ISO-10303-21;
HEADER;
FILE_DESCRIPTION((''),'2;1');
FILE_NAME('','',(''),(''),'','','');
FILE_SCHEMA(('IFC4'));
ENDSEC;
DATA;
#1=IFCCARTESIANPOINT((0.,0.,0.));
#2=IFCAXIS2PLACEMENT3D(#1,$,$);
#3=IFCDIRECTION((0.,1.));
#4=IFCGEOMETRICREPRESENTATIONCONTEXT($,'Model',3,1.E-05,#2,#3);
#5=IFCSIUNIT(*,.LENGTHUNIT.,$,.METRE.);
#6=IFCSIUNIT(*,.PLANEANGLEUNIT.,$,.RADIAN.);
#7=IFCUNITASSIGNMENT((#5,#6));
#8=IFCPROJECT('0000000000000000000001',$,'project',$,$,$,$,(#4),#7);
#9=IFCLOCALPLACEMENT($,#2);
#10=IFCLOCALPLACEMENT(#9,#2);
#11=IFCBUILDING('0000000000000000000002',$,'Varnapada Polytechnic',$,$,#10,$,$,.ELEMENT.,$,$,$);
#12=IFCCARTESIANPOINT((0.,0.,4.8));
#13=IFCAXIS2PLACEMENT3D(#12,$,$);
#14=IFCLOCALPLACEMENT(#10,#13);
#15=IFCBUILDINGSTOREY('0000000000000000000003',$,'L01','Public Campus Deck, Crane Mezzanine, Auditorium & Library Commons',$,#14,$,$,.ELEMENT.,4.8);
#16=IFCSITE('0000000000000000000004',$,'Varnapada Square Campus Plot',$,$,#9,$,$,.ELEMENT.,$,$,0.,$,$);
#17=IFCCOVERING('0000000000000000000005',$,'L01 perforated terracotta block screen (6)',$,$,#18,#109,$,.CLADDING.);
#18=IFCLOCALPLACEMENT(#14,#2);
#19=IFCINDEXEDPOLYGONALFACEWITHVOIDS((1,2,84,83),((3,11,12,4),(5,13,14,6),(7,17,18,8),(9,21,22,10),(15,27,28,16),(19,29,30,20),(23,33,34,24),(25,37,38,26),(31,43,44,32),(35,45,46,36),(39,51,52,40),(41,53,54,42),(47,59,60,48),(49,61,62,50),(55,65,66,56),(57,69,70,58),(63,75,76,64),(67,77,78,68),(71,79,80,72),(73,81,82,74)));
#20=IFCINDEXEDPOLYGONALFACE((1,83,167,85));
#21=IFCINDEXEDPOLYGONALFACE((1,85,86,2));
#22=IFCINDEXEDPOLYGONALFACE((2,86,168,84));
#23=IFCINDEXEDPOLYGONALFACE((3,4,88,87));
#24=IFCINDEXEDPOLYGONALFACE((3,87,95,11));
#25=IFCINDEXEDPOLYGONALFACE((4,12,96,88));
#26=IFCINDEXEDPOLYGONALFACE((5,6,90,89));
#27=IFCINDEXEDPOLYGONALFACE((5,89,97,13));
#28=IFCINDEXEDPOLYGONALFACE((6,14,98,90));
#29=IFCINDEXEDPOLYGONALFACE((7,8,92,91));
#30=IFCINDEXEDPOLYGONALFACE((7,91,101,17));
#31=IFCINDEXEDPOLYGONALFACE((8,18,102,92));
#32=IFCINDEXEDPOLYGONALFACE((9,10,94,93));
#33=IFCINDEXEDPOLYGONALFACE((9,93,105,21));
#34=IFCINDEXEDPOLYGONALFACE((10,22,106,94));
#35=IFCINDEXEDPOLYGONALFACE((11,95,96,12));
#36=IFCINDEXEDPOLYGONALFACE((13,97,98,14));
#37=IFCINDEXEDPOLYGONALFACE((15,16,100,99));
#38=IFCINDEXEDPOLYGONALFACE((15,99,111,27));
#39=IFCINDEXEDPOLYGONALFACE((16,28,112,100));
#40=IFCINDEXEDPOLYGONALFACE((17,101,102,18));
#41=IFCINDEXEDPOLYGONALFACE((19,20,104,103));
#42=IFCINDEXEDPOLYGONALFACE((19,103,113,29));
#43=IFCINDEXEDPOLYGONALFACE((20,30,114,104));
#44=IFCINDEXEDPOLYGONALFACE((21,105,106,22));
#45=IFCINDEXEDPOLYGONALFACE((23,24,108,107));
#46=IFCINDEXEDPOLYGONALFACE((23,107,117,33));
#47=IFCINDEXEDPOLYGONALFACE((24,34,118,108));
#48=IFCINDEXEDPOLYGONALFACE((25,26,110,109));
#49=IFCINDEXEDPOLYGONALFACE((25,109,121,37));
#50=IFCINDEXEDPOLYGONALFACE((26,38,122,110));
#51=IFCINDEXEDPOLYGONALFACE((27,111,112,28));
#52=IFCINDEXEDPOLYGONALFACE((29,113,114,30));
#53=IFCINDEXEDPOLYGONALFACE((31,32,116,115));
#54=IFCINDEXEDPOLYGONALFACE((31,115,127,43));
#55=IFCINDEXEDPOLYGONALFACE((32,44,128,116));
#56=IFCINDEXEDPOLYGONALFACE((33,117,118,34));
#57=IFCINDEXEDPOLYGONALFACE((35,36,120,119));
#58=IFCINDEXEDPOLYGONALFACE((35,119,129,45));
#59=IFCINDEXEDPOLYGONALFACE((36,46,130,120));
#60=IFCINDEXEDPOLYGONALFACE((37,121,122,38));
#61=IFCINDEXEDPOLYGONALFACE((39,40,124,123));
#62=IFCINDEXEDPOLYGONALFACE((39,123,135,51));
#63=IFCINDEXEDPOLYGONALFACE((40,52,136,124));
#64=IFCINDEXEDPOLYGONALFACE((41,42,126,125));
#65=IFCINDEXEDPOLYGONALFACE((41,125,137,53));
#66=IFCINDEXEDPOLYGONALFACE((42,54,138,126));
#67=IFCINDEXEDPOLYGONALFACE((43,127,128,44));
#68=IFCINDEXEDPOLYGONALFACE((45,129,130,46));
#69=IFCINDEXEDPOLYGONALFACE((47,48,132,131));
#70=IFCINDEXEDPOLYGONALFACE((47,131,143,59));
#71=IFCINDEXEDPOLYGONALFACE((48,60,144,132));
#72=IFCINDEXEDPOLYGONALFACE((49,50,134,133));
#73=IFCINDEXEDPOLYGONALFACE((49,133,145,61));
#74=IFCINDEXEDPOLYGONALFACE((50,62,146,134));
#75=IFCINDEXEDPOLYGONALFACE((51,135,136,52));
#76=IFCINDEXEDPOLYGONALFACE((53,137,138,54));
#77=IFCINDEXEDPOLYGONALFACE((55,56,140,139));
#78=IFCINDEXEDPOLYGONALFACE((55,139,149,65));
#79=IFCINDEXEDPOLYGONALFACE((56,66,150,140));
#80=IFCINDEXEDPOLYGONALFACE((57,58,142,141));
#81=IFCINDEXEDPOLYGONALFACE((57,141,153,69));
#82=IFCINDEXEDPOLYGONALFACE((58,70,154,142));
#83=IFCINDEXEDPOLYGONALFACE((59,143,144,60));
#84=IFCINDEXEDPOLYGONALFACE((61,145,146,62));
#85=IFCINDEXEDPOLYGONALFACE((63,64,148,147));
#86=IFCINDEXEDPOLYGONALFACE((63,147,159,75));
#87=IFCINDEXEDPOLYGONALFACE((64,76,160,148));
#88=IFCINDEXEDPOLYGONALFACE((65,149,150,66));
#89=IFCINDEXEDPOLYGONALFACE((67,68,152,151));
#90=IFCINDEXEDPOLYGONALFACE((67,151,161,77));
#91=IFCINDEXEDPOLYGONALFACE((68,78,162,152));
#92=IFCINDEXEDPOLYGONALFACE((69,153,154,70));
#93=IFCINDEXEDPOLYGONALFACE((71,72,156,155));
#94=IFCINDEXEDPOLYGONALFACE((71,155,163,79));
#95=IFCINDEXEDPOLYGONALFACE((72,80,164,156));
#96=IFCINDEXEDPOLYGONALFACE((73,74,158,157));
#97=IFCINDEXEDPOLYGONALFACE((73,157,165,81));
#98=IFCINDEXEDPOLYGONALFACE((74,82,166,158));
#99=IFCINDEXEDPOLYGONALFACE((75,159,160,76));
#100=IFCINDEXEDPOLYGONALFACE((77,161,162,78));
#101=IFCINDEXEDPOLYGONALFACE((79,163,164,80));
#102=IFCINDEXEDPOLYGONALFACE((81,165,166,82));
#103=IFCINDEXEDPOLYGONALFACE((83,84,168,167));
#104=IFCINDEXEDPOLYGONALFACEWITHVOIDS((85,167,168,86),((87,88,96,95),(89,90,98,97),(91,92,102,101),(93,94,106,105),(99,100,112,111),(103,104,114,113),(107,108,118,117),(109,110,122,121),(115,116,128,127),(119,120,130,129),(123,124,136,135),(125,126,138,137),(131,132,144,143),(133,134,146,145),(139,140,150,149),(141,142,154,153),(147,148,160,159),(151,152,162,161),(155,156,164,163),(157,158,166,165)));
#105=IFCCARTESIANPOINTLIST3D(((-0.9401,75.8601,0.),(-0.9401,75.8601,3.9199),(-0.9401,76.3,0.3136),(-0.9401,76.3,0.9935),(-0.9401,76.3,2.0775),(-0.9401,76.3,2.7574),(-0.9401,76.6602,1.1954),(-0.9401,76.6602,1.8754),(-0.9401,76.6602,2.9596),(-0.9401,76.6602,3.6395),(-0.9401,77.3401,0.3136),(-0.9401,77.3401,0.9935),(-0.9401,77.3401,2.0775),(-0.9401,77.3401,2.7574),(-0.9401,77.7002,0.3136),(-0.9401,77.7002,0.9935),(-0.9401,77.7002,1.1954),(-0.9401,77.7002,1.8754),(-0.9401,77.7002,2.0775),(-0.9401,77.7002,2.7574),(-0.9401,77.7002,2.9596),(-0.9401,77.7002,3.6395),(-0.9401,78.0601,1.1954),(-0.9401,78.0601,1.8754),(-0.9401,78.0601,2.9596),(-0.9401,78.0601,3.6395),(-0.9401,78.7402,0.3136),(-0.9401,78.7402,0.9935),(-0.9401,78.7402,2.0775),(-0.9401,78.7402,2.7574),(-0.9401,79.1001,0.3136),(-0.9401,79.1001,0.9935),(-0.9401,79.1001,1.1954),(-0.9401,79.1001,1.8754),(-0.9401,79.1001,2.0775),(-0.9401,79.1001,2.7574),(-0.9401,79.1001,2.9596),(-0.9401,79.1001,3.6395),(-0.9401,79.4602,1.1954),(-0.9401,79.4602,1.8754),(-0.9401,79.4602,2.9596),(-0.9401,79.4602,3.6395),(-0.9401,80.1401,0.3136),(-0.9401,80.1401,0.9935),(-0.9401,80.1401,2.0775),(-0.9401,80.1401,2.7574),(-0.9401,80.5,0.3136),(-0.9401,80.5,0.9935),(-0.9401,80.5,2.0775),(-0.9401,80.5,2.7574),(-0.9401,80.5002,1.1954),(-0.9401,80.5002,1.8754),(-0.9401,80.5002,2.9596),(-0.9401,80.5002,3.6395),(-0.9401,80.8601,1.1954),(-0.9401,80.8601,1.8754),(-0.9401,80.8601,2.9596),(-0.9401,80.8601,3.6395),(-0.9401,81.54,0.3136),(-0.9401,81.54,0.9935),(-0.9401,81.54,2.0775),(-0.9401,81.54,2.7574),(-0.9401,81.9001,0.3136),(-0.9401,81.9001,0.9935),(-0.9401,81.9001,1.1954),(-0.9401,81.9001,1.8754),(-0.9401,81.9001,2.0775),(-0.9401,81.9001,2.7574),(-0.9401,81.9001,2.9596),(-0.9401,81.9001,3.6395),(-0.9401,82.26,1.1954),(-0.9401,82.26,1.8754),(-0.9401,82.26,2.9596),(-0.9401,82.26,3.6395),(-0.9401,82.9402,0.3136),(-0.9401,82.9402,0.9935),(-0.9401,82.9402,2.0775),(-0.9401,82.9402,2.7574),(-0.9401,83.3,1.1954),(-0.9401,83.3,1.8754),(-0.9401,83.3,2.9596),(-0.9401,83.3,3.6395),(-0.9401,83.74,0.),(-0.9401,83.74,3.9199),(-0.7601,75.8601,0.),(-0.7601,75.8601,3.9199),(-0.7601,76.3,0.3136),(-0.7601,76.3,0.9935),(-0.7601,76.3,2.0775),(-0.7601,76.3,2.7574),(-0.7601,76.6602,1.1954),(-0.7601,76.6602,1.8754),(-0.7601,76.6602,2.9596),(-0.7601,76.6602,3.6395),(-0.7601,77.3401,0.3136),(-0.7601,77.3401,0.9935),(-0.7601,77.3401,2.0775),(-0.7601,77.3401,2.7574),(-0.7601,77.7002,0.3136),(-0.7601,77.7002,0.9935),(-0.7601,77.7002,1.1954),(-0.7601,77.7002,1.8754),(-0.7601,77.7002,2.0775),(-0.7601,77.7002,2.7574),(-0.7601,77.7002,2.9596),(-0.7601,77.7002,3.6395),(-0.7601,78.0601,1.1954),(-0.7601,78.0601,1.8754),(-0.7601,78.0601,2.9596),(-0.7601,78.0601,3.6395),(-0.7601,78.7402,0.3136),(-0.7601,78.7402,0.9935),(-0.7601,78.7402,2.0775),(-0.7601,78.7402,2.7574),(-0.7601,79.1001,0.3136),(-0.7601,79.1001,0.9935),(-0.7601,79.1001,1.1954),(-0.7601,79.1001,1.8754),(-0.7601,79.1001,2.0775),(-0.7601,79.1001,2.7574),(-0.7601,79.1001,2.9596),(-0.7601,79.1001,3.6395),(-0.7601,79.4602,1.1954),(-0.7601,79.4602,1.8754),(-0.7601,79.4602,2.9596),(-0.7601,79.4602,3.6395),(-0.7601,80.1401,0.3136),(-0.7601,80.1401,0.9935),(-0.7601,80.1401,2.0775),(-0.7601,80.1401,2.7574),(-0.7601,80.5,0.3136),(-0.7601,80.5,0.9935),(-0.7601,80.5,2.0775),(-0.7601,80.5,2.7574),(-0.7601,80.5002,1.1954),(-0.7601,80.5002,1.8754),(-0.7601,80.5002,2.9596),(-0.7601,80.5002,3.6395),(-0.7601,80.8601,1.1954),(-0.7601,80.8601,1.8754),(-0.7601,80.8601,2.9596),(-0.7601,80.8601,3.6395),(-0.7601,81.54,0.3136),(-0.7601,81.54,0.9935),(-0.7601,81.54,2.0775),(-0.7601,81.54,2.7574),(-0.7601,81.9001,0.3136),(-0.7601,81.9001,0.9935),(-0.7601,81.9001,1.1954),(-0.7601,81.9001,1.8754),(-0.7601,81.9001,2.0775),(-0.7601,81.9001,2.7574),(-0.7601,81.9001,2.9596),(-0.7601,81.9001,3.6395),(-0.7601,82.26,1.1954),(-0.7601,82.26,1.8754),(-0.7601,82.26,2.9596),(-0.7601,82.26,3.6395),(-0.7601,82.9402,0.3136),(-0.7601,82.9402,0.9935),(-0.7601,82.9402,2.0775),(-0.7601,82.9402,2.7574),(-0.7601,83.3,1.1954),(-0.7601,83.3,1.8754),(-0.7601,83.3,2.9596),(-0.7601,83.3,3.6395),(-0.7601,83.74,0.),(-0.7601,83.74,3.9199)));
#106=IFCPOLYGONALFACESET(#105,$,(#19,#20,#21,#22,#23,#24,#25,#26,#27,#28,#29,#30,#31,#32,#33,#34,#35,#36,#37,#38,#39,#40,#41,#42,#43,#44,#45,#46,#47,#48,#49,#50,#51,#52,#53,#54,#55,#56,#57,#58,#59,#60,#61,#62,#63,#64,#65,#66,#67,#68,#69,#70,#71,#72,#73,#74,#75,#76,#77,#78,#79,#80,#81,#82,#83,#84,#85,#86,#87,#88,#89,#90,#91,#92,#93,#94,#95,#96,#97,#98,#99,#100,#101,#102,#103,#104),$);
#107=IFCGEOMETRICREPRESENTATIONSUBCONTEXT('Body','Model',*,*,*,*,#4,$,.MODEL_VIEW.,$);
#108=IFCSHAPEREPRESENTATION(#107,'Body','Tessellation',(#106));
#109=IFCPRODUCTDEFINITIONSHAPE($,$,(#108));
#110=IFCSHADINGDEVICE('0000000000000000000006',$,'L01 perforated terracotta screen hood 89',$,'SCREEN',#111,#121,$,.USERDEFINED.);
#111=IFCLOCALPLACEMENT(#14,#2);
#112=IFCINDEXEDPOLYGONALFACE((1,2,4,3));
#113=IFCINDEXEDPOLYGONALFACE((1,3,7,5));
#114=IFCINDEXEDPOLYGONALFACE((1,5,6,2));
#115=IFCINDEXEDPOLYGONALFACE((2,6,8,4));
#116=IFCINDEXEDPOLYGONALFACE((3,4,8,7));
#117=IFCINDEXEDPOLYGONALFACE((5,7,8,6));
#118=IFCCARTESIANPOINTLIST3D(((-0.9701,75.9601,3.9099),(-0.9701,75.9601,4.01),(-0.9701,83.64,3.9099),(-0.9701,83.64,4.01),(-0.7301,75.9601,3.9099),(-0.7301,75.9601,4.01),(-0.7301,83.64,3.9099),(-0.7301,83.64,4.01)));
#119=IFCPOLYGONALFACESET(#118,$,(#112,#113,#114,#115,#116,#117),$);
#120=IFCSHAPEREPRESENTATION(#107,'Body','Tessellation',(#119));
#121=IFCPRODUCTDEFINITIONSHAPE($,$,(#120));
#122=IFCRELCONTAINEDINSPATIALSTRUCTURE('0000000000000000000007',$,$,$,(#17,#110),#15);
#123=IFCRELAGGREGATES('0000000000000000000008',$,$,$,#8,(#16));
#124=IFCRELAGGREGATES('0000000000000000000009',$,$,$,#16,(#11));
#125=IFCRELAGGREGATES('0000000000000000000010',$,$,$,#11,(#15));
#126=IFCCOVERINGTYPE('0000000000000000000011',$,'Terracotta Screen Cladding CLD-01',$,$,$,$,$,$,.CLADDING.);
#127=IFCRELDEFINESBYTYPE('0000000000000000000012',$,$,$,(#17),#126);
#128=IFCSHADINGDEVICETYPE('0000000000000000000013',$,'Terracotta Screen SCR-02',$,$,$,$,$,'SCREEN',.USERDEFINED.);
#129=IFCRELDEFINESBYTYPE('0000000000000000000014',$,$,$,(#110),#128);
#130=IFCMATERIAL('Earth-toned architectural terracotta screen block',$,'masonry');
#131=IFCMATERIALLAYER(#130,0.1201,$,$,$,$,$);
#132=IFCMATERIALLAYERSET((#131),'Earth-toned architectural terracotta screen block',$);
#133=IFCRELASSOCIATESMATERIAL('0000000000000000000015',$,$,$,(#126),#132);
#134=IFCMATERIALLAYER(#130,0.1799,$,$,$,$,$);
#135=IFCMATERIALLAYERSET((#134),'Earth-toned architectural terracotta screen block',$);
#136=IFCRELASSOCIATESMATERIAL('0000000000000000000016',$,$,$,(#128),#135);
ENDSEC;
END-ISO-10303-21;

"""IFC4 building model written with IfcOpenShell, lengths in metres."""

from ifc_helpers import new_model, si_unit, direction, frame, frame_2d, origin, origin_2d, place, context, subcontext, project, spatial, rectangle, extrude, material, layer, layer_set, type_object, element, save


model = new_model("IFC4")

# Units and contexts
model_context = context("Model", 3, precision=1e-05, world=origin(), true_north=direction((0.0, 1.0)))
body_context = subcontext(model_context, "Body", "Model", "MODEL_VIEW")
ifc_project = project(units=[si_unit("LENGTHUNIT", "METRE"), si_unit("PLANEANGLEUNIT", "RADIAN")], contexts=[model_context])

# Site, building, storey
site_placement = place(None, origin())
site = spatial("IfcSite", under=ifc_project, at=site_placement, Name="Varnapada Square Campus Plot", CompositionType="ELEMENT", RefElevation=0.0)
building_placement = place(site_placement, origin())
building = spatial("IfcBuilding", under=site, at=building_placement, Name="Varnapada Polytechnic", CompositionType="ELEMENT")
storey_placement = place(building_placement, frame((0.0, 0.0, 4.8)))
storey = spatial("IfcBuildingStorey", under=building, at=storey_placement, Name="L01", Description="Public Campus Deck, Crane Mezzanine, Auditorium & Library Commons", CompositionType="ELEMENT", Elevation=4.8)

# Covering, openings
ifc_material_1 = material(Name="Earth-toned architectural terracotta screen block", Category="masonry")
ifc_layer_1 = layer(ifc_material_1, 0.1201)
ifc_layer_set_1 = layer_set([ifc_layer_1], Name="Earth-toned architectural terracotta screen block")
covering_type = type_object("IfcCoveringType", Name="Terracotta Screen Cladding CLD-01", PredefinedType="CLADDING", material=ifc_layer_set_1)
covering_placement = place(storey_placement, frame((-0.8501, 75.8601, 0.0), z_axis=(0.0, 0.0, 1.0), x_axis=(0.0, 1.0, 0.0)))
covering = element("IfcCovering", 1, at=covering_placement, inside=storey, type_object=covering_type, Name="L01 perforated terracotta block screen (6)", PredefinedType="CLADDING", context=body_context, shape_type="SweptSolid", body=[
    extrude(rectangle(XDim=7.8799, YDim=0.1799, at=frame_2d((3.9399, 0.0))), origin(), (0.0, 0.0, 1.0), 3.9199),
])
opening_1_placement = place(covering_placement, frame((0.4399, 0.0, 0.3137)))
element("IfcOpeningElement", 2, at=opening_1_placement, cuts=covering, PredefinedType="OPENING", context=body_context, shape_type="SweptSolid", body=[
    extrude(rectangle(XDim=1.04, YDim=0.6799, at=frame_2d((0.52, 0.3398))), frame((0.0, 0.0999, 0.0), z_axis=(0.0, -1.0, 0.0), x_axis=(1.0, 0.0, 0.0)), (0.0, 0.0, 1.0), 0.2),
])
opening_2_placement = place(covering_placement, frame((1.8401, 0.0, 0.3137)))
element("IfcOpeningElement", 3, at=opening_2_placement, cuts=covering, PredefinedType="OPENING", context=body_context, shape_type="SweptSolid", body=[
    extrude(rectangle(XDim=1.04, YDim=0.6799, at=frame_2d((0.52, 0.3398))), frame((0.0, 0.0999, 0.0), z_axis=(0.0, -1.0, 0.0), x_axis=(1.0, 0.0, 0.0)), (0.0, 0.0, 1.0), 0.2),
])
opening_3_placement = place(covering_placement, frame((3.24, 0.0, 0.3137)))
element("IfcOpeningElement", 4, at=opening_3_placement, cuts=covering, PredefinedType="OPENING", context=body_context, shape_type="SweptSolid", body=[
    extrude(rectangle(XDim=1.04, YDim=0.6799, at=frame_2d((0.52, 0.3398))), frame((0.0, 0.0999, 0.0), z_axis=(0.0, -1.0, 0.0), x_axis=(1.0, 0.0, 0.0)), (0.0, 0.0, 1.0), 0.2),
])
opening_4_placement = place(covering_placement, frame((4.6399, 0.0, 0.3137)))
element("IfcOpeningElement", 5, at=opening_4_placement, cuts=covering, PredefinedType="OPENING", context=body_context, shape_type="SweptSolid", body=[
    extrude(rectangle(XDim=1.04, YDim=0.6799, at=frame_2d((0.52, 0.3398))), frame((0.0, 0.0999, 0.0), z_axis=(0.0, -1.0, 0.0), x_axis=(1.0, 0.0, 0.0)), (0.0, 0.0, 1.0), 0.2),
])
opening_5_placement = place(covering_placement, frame((6.04, 0.0, 0.3137)))
element("IfcOpeningElement", 6, at=opening_5_placement, cuts=covering, PredefinedType="OPENING", context=body_context, shape_type="SweptSolid", body=[
    extrude(rectangle(XDim=1.04, YDim=0.6799, at=frame_2d((0.52, 0.3398))), frame((0.0, 0.0999, 0.0), z_axis=(0.0, -1.0, 0.0), x_axis=(1.0, 0.0, 0.0)), (0.0, 0.0, 1.0), 0.2),
])
opening_6_placement = place(covering_placement, frame((0.8, 0.0, 1.1956)))
element("IfcOpeningElement", 7, at=opening_6_placement, cuts=covering, PredefinedType="OPENING", context=body_context, shape_type="SweptSolid", body=[
    extrude(rectangle(XDim=1.04, YDim=0.6799, at=frame_2d((0.52, 0.3398))), frame((0.0, 0.0999, 0.0), z_axis=(0.0, -1.0, 0.0), x_axis=(1.0, 0.0, 0.0)), (0.0, 0.0, 1.0), 0.2),
])
opening_7_placement = place(covering_placement, frame((2.2, 0.0, 1.1956)))
element("IfcOpeningElement", 8, at=opening_7_placement, cuts=covering, PredefinedType="OPENING", context=body_context, shape_type="SweptSolid", body=[
    extrude(rectangle(XDim=1.04, YDim=0.6799, at=frame_2d((0.52, 0.3398))), frame((0.0, 0.0999, 0.0), z_axis=(0.0, -1.0, 0.0), x_axis=(1.0, 0.0, 0.0)), (0.0, 0.0, 1.0), 0.2),
])
opening_8_placement = place(covering_placement, frame((3.6001, 0.0, 1.1956)))
element("IfcOpeningElement", 9, at=opening_8_placement, cuts=covering, PredefinedType="OPENING", context=body_context, shape_type="SweptSolid", body=[
    extrude(rectangle(XDim=1.04, YDim=0.6799, at=frame_2d((0.52, 0.3398))), frame((0.0, 0.0999, 0.0), z_axis=(0.0, -1.0, 0.0), x_axis=(1.0, 0.0, 0.0)), (0.0, 0.0, 1.0), 0.2),
])
opening_9_placement = place(covering_placement, frame((5.0, 0.0, 1.1956)))
element("IfcOpeningElement", 10, at=opening_9_placement, cuts=covering, PredefinedType="OPENING", context=body_context, shape_type="SweptSolid", body=[
    extrude(rectangle(XDim=1.04, YDim=0.6799, at=frame_2d((0.52, 0.3398))), frame((0.0, 0.0999, 0.0), z_axis=(0.0, -1.0, 0.0), x_axis=(1.0, 0.0, 0.0)), (0.0, 0.0, 1.0), 0.2),
])
opening_10_placement = place(covering_placement, frame((6.3999, 0.0, 1.1956)))
element("IfcOpeningElement", 11, at=opening_10_placement, cuts=covering, PredefinedType="OPENING", context=body_context, shape_type="SweptSolid", body=[
    extrude(rectangle(XDim=1.04, YDim=0.6799, at=frame_2d((0.52, 0.3398))), frame((0.0, 0.0999, 0.0), z_axis=(0.0, -1.0, 0.0), x_axis=(1.0, 0.0, 0.0)), (0.0, 0.0, 1.0), 0.2),
])
opening_11_placement = place(covering_placement, frame((0.4399, 0.0, 2.0776)))
element("IfcOpeningElement", 12, at=opening_11_placement, cuts=covering, PredefinedType="OPENING", context=body_context, shape_type="SweptSolid", body=[
    extrude(rectangle(XDim=1.04, YDim=0.6799, at=frame_2d((0.52, 0.3398))), frame((0.0, 0.0999, 0.0), z_axis=(0.0, -1.0, 0.0), x_axis=(1.0, 0.0, 0.0)), (0.0, 0.0, 1.0), 0.2),
])
opening_12_placement = place(covering_placement, frame((1.8401, 0.0, 2.0776)))
element("IfcOpeningElement", 13, at=opening_12_placement, cuts=covering, PredefinedType="OPENING", context=body_context, shape_type="SweptSolid", body=[
    extrude(rectangle(XDim=1.04, YDim=0.6799, at=frame_2d((0.52, 0.3398))), frame((0.0, 0.0999, 0.0), z_axis=(0.0, -1.0, 0.0), x_axis=(1.0, 0.0, 0.0)), (0.0, 0.0, 1.0), 0.2),
])
opening_13_placement = place(covering_placement, frame((3.24, 0.0, 2.0776)))
element("IfcOpeningElement", 14, at=opening_13_placement, cuts=covering, PredefinedType="OPENING", context=body_context, shape_type="SweptSolid", body=[
    extrude(rectangle(XDim=1.04, YDim=0.6799, at=frame_2d((0.52, 0.3398))), frame((0.0, 0.0999, 0.0), z_axis=(0.0, -1.0, 0.0), x_axis=(1.0, 0.0, 0.0)), (0.0, 0.0, 1.0), 0.2),
])
opening_14_placement = place(covering_placement, frame((4.6399, 0.0, 2.0776)))
element("IfcOpeningElement", 15, at=opening_14_placement, cuts=covering, PredefinedType="OPENING", context=body_context, shape_type="SweptSolid", body=[
    extrude(rectangle(XDim=1.04, YDim=0.6799, at=frame_2d((0.52, 0.3398))), frame((0.0, 0.0999, 0.0), z_axis=(0.0, -1.0, 0.0), x_axis=(1.0, 0.0, 0.0)), (0.0, 0.0, 1.0), 0.2),
])
opening_15_placement = place(covering_placement, frame((6.04, 0.0, 2.0776)))
element("IfcOpeningElement", 16, at=opening_15_placement, cuts=covering, PredefinedType="OPENING", context=body_context, shape_type="SweptSolid", body=[
    extrude(rectangle(XDim=1.04, YDim=0.6799, at=frame_2d((0.52, 0.3398))), frame((0.0, 0.0999, 0.0), z_axis=(0.0, -1.0, 0.0), x_axis=(1.0, 0.0, 0.0)), (0.0, 0.0, 1.0), 0.2),
])
opening_16_placement = place(covering_placement, frame((0.8, 0.0, 2.9597)))
element("IfcOpeningElement", 17, at=opening_16_placement, cuts=covering, PredefinedType="OPENING", context=body_context, shape_type="SweptSolid", body=[
    extrude(rectangle(XDim=1.04, YDim=0.6799, at=frame_2d((0.52, 0.3398))), frame((0.0, 0.0999, 0.0), z_axis=(0.0, -1.0, 0.0), x_axis=(1.0, 0.0, 0.0)), (0.0, 0.0, 1.0), 0.2),
])
opening_17_placement = place(covering_placement, frame((2.2, 0.0, 2.9597)))
element("IfcOpeningElement", 18, at=opening_17_placement, cuts=covering, PredefinedType="OPENING", context=body_context, shape_type="SweptSolid", body=[
    extrude(rectangle(XDim=1.04, YDim=0.6799, at=frame_2d((0.52, 0.3398))), frame((0.0, 0.0999, 0.0), z_axis=(0.0, -1.0, 0.0), x_axis=(1.0, 0.0, 0.0)), (0.0, 0.0, 1.0), 0.2),
])
opening_18_placement = place(covering_placement, frame((3.6001, 0.0, 2.9597)))
element("IfcOpeningElement", 19, at=opening_18_placement, cuts=covering, PredefinedType="OPENING", context=body_context, shape_type="SweptSolid", body=[
    extrude(rectangle(XDim=1.04, YDim=0.6799, at=frame_2d((0.52, 0.3398))), frame((0.0, 0.0999, 0.0), z_axis=(0.0, -1.0, 0.0), x_axis=(1.0, 0.0, 0.0)), (0.0, 0.0, 1.0), 0.2),
])
opening_19_placement = place(covering_placement, frame((5.0, 0.0, 2.9597)))
element("IfcOpeningElement", 20, at=opening_19_placement, cuts=covering, PredefinedType="OPENING", context=body_context, shape_type="SweptSolid", body=[
    extrude(rectangle(XDim=1.04, YDim=0.6799, at=frame_2d((0.52, 0.3398))), frame((0.0, 0.0999, 0.0), z_axis=(0.0, -1.0, 0.0), x_axis=(1.0, 0.0, 0.0)), (0.0, 0.0, 1.0), 0.2),
])
opening_20_placement = place(covering_placement, frame((6.3999, 0.0, 2.9597)))
element("IfcOpeningElement", 21, at=opening_20_placement, cuts=covering, PredefinedType="OPENING", context=body_context, shape_type="SweptSolid", body=[
    extrude(rectangle(XDim=1.04, YDim=0.6799, at=frame_2d((0.52, 0.3398))), frame((0.0, 0.0999, 0.0), z_axis=(0.0, -1.0, 0.0), x_axis=(1.0, 0.0, 0.0)), (0.0, 0.0, 1.0), 0.2),
])

# Shading device
ifc_layer_2 = layer(ifc_material_1, 0.1799)
ifc_layer_set_2 = layer_set([ifc_layer_2], Name="Earth-toned architectural terracotta screen block")
shading_device_type = type_object("IfcShadingDeviceType", Name="Terracotta Screen SCR-02", ElementType="SCREEN", PredefinedType="USERDEFINED", material=ifc_layer_set_2)
shading_device_placement = place(storey_placement, frame((-0.8501, 79.8, 3.9099), z_axis=(0.0, 0.0, 1.0), x_axis=(0.0, 1.0, 0.0)))
element("IfcShadingDevice", 22, at=shading_device_placement, inside=storey, type_object=shading_device_type, Name="L01 perforated terracotta screen hood 89", ObjectType="SCREEN", PredefinedType="USERDEFINED", context=body_context, shape_type="SweptSolid", body=[
    extrude(rectangle(XDim=7.6799, YDim=0.24, at=origin_2d()), origin(), (0.0, 0.0, 1.0), 0.1001),
])

save(model, "model.ifc")
